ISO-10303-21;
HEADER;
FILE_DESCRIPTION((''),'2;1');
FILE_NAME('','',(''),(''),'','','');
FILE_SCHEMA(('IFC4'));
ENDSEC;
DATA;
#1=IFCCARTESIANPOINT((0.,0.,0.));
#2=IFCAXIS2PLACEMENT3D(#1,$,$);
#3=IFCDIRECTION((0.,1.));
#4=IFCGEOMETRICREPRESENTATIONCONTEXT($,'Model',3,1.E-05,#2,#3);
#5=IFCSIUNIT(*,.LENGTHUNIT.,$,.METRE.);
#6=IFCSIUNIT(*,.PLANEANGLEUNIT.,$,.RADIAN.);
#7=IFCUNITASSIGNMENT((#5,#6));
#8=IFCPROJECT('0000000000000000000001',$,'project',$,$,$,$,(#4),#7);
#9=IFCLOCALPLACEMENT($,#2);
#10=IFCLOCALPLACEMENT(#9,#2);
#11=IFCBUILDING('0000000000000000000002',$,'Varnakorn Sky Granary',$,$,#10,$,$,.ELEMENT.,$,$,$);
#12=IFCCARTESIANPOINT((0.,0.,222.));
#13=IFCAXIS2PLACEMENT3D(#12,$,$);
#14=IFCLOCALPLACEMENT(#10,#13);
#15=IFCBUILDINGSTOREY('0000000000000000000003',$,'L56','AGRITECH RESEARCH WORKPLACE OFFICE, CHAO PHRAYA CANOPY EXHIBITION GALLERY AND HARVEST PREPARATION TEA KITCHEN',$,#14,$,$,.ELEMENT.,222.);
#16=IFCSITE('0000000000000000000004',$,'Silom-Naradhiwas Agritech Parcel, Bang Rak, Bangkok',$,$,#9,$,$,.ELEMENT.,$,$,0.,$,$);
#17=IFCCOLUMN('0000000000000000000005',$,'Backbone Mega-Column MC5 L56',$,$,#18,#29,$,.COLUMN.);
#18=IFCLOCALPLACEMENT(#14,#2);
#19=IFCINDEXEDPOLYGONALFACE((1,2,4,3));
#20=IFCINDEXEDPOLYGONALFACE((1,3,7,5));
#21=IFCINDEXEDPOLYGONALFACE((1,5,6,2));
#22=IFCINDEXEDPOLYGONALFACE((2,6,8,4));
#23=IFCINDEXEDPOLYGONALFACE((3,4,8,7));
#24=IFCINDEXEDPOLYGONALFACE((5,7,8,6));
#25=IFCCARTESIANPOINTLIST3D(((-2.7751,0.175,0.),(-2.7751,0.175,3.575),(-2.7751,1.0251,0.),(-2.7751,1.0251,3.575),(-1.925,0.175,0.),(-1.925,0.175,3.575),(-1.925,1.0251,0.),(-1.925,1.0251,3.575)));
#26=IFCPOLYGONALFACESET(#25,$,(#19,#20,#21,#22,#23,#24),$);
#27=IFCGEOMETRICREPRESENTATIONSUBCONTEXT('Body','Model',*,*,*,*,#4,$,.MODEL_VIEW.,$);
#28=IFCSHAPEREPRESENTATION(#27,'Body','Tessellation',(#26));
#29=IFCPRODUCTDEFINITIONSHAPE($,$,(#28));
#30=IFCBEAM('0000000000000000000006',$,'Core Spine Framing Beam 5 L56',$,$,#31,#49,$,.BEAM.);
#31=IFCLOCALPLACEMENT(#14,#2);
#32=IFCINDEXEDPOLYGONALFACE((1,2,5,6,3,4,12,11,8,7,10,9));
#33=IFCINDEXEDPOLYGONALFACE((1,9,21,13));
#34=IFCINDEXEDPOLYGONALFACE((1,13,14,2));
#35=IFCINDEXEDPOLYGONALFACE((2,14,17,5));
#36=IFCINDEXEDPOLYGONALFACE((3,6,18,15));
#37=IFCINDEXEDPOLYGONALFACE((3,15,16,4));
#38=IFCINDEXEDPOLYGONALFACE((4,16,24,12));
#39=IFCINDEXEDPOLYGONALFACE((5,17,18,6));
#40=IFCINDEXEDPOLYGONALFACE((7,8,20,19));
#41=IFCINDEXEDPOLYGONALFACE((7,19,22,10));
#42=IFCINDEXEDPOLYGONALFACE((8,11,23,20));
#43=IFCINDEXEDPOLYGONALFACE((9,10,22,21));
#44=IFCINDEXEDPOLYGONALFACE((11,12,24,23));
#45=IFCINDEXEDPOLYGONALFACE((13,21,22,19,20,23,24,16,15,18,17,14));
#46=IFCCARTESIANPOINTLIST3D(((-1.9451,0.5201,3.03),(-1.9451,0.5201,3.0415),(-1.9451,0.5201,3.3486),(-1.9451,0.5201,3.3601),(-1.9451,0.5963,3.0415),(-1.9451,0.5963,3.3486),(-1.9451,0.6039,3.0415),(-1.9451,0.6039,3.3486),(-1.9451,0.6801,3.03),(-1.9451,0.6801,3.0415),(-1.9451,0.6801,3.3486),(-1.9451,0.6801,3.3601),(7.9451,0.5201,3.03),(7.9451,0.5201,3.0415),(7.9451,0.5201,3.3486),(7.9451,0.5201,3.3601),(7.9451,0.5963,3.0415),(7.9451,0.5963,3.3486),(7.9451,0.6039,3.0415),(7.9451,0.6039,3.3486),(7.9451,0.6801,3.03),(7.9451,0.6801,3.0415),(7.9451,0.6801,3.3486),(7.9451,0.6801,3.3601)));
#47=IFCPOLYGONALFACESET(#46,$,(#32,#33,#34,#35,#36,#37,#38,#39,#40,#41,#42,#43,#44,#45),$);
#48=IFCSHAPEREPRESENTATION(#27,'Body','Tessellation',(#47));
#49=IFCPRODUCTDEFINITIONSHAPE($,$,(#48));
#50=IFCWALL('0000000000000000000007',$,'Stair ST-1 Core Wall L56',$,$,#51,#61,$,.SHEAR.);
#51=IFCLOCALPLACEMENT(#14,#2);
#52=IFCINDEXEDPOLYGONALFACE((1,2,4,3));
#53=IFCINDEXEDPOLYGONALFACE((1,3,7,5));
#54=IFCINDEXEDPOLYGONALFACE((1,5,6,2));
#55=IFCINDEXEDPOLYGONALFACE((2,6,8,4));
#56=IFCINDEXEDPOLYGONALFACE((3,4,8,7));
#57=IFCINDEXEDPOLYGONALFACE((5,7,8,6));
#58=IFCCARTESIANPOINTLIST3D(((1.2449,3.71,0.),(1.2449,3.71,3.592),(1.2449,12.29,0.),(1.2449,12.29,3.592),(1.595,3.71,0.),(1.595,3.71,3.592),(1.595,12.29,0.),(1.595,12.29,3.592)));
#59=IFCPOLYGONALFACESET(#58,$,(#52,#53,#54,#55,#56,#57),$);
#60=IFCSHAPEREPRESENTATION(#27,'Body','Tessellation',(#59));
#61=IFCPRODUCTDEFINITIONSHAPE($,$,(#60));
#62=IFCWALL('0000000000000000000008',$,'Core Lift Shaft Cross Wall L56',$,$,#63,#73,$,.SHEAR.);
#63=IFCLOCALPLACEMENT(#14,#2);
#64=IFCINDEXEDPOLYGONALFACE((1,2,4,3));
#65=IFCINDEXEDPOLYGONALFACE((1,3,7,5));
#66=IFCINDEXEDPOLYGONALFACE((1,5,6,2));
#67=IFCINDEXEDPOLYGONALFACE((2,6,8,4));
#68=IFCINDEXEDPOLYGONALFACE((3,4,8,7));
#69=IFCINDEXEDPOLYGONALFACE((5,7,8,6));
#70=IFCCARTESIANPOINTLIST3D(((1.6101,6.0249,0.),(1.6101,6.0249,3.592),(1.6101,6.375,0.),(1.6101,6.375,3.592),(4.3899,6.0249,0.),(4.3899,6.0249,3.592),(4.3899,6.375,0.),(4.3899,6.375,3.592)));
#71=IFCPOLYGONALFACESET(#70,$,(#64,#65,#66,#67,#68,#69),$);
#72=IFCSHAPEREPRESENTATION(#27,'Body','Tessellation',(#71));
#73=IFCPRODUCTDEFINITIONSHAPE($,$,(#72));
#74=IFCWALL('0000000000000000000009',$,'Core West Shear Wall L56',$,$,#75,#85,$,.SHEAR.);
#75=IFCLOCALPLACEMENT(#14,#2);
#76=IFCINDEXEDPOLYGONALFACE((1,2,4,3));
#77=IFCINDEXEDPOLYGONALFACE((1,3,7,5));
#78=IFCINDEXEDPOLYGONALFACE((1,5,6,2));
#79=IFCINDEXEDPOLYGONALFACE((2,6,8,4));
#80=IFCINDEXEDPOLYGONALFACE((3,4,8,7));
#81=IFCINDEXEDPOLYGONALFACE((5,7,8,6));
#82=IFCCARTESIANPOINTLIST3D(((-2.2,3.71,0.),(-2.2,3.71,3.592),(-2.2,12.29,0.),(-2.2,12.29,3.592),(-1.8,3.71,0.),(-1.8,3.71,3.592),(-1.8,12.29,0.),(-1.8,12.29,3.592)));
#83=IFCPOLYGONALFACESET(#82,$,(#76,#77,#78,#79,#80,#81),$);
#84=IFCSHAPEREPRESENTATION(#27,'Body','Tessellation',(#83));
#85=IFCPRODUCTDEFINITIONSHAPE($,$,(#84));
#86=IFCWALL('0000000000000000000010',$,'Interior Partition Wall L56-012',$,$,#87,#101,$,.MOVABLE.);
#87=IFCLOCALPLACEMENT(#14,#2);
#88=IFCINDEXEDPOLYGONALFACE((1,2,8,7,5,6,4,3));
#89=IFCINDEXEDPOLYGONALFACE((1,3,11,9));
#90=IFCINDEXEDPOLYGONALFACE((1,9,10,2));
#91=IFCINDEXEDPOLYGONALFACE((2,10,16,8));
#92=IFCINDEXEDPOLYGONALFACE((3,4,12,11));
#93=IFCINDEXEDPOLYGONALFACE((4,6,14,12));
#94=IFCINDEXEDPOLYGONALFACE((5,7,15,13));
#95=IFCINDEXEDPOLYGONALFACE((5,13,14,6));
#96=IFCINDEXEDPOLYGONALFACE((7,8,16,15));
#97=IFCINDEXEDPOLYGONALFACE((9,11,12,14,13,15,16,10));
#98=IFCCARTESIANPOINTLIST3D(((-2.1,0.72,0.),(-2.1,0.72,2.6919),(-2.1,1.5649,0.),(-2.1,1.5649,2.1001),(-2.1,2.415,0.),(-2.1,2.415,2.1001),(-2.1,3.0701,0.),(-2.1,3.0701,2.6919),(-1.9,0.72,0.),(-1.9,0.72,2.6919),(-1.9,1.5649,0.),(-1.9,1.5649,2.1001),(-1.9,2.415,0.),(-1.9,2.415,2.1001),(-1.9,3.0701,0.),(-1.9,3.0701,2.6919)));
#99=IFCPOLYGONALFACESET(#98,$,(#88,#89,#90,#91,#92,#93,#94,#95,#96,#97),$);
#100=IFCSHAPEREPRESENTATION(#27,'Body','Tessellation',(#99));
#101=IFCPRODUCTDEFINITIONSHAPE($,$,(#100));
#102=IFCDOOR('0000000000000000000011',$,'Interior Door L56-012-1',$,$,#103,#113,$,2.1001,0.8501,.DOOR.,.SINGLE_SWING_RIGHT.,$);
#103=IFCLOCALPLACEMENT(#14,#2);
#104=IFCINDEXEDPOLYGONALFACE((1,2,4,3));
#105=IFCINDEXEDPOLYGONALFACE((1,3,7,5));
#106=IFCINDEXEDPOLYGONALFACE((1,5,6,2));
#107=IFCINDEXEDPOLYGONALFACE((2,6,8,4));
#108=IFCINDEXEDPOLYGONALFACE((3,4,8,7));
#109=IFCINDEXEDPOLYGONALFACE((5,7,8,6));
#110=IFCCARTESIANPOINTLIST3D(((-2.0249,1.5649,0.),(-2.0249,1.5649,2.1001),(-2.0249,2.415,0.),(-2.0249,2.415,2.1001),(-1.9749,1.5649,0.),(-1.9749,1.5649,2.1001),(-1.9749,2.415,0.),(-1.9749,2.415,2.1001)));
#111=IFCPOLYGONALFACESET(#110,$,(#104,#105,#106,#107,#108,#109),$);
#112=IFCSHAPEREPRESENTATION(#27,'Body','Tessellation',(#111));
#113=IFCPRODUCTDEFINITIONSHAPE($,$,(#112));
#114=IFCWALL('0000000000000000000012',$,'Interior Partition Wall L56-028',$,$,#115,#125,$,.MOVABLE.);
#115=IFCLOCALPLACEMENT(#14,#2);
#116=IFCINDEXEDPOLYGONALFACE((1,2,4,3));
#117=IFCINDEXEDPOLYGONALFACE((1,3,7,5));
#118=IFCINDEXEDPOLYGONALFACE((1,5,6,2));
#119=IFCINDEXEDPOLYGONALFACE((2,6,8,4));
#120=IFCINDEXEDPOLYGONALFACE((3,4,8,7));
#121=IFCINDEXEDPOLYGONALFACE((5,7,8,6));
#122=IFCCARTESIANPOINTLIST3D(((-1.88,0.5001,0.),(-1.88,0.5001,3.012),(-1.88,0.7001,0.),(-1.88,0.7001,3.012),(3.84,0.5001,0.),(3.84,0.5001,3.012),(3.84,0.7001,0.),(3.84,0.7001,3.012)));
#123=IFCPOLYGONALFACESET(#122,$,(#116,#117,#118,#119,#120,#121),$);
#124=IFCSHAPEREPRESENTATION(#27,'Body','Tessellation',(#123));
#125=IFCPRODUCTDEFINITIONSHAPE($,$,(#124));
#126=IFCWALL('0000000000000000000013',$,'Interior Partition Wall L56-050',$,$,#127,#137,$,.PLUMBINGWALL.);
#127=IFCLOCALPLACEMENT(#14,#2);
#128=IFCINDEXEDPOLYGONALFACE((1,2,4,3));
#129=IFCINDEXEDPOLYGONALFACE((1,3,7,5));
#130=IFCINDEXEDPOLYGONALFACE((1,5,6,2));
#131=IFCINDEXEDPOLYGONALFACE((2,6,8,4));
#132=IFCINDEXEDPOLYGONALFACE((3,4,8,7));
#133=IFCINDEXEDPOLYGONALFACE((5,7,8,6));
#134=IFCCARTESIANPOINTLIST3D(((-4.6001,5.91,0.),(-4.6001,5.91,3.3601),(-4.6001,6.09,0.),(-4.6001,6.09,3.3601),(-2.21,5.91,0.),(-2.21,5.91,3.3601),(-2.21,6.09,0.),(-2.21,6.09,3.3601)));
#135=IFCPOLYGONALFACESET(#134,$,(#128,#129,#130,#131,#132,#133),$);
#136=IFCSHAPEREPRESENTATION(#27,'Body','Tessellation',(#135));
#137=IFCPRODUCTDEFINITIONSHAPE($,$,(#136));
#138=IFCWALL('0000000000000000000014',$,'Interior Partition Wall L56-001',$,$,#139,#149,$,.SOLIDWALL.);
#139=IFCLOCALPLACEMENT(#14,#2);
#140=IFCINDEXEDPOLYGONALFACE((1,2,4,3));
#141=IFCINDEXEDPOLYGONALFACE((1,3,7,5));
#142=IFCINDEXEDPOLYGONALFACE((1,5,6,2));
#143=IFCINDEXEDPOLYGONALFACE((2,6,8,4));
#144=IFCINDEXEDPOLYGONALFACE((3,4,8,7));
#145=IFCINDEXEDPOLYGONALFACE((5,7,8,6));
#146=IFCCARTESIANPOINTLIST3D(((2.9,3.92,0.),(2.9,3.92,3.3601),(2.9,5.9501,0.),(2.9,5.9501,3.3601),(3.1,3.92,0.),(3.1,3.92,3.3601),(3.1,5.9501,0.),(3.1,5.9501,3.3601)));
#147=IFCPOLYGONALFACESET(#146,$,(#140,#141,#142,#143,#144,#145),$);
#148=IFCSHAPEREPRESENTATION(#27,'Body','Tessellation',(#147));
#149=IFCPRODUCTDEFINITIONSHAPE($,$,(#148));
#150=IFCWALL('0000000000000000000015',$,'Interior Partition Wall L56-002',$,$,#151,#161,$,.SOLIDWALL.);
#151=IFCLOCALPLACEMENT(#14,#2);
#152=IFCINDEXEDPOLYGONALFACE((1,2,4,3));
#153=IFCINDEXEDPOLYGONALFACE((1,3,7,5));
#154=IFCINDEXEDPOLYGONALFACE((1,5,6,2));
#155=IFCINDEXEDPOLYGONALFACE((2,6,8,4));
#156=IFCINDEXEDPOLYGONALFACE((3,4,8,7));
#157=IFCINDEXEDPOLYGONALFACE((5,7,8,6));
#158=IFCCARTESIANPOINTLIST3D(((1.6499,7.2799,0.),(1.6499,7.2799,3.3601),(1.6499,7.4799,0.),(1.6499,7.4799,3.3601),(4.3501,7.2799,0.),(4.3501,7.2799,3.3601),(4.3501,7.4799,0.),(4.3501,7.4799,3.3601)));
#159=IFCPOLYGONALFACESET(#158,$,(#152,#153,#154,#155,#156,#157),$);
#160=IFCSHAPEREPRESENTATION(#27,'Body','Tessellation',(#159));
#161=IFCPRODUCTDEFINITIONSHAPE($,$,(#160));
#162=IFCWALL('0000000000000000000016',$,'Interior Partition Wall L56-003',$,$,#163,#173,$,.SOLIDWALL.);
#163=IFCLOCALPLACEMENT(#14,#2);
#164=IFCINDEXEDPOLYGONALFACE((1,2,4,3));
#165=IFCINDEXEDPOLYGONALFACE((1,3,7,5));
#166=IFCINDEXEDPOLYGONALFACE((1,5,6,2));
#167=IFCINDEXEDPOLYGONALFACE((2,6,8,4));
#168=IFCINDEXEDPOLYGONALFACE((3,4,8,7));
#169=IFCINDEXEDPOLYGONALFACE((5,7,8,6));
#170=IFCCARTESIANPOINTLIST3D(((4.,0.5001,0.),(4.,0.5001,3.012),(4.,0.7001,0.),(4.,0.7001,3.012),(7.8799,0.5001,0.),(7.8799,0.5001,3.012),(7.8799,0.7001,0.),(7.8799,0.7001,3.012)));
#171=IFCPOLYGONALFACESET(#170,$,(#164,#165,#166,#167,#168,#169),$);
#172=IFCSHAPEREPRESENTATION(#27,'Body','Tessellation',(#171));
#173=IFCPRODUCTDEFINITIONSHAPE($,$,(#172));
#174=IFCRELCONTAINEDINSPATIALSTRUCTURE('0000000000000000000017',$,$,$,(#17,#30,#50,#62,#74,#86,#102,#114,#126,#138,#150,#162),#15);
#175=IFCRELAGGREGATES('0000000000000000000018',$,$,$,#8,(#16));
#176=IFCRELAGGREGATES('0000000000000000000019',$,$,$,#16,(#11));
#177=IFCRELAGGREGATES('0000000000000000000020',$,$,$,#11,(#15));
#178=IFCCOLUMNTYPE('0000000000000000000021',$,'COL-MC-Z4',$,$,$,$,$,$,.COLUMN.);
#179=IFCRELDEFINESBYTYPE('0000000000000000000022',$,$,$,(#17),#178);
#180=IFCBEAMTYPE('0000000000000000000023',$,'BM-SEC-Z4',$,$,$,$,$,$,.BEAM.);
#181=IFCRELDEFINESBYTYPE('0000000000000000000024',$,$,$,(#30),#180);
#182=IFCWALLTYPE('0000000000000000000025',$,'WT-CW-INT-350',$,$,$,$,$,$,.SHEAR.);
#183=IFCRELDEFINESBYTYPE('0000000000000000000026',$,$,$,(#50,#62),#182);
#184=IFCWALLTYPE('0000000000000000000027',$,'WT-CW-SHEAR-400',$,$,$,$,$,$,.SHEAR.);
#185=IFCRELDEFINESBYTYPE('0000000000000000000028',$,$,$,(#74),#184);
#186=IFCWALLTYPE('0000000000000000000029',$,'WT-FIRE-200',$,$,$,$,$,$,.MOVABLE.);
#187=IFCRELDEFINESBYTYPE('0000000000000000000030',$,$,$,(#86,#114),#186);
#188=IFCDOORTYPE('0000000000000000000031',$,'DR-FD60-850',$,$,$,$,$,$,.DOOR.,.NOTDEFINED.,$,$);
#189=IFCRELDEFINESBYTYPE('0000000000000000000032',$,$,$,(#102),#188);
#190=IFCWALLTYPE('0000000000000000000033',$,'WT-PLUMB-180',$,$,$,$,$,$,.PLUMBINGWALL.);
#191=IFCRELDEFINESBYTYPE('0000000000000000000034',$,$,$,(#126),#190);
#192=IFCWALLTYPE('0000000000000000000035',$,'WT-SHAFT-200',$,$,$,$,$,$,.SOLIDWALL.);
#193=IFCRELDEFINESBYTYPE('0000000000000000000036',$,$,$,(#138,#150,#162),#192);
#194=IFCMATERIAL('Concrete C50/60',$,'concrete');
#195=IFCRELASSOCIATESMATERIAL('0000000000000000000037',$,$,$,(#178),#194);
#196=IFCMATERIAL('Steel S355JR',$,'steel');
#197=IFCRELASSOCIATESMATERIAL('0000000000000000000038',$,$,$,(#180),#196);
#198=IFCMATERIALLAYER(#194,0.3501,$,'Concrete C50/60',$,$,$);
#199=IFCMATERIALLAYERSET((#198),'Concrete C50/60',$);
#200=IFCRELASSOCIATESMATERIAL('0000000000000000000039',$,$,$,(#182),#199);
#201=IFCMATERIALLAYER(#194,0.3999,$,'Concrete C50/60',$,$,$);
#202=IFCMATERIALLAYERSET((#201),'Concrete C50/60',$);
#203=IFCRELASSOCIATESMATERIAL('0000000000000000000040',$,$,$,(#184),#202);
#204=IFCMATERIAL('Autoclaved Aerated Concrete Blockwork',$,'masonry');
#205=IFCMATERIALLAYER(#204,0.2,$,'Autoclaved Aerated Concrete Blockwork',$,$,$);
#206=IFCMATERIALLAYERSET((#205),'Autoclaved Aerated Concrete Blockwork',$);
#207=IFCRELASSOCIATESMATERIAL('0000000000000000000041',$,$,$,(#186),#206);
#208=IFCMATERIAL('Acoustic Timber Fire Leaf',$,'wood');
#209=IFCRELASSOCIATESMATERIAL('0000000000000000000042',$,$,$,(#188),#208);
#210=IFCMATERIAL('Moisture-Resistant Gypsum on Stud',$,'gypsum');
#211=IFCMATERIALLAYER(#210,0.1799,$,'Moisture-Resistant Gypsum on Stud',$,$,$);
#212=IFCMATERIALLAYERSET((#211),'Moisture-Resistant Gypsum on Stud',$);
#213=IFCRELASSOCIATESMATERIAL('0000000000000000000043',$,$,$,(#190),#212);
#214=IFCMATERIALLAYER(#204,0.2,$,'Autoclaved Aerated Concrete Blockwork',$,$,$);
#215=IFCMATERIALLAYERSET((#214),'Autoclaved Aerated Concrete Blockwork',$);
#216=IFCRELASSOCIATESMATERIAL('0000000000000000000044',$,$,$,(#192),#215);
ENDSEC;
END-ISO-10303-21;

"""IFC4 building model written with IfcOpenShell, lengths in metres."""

from ifc_helpers import new_model, si_unit, direction, frame, frame_2d, origin, origin_2d, place, context, subcontext, project, spatial, rectangle, i_section, extrude, material, layer, layer_set, material_profile, profile_set, type_object, element, fill, save


model = new_model("IFC4")

# Units and contexts
model_context = context("Model", 3, precision=1e-05, world=origin(), true_north=direction((0.0, 1.0)))
body_context = subcontext(model_context, "Body", "Model", "MODEL_VIEW")
ifc_project = project(units=[si_unit("LENGTHUNIT", "METRE"), si_unit("PLANEANGLEUNIT", "RADIAN")], contexts=[model_context])

# Site, building, storey
site_placement = place(None, origin())
site = spatial("IfcSite", under=ifc_project, at=site_placement, Name="Silom-Naradhiwas Agritech Parcel, Bang Rak, Bangkok", CompositionType="ELEMENT", RefElevation=0.0)
building_placement = place(site_placement, origin())
building = spatial("IfcBuilding", under=site, at=building_placement, Name="Varnakorn Sky Granary", CompositionType="ELEMENT")
storey_placement = place(building_placement, frame((0.0, 0.0, 222.0)))
storey = spatial("IfcBuildingStorey", under=building, at=storey_placement, Name="L56", Description="AGRITECH RESEARCH WORKPLACE OFFICE, CHAO PHRAYA CANOPY EXHIBITION GALLERY AND HARVEST PREPARATION TEA KITCHEN", CompositionType="ELEMENT", Elevation=222.0)

# Column
ifc_material_1 = material(Name="Concrete C50/60", Category="concrete")
ifc_material_profile_1 = material_profile(ifc_material_1, rectangle(XDim=0.8501, YDim=0.8501, at=origin_2d()), Name="RC 850x850")
ifc_profile_set_1 = profile_set([ifc_material_profile_1], Name="Concrete C50/60")
column_type = type_object("IfcColumnType", Name="COL-MC-Z4", PredefinedType="COLUMN", material=ifc_profile_set_1)
column_placement = place(storey_placement, frame((-2.3501, 0.6001, 0.0), z_axis=(0.0, 0.0, 1.0), x_axis=(1.0, 0.0, 0.0)))
element("IfcColumn", 1, at=column_placement, inside=storey, type_object=column_type, Name="Backbone Mega-Column MC5 L56", PredefinedType="COLUMN", context=body_context, shape_type="SweptSolid", body=[
    extrude(rectangle(XDim=0.8501, YDim=0.8501, at=origin_2d()), origin(), (0.0, 0.0, 1.0), 3.575),
])

# Beam
ifc_material_2 = material(Name="Steel S355JR", Category="steel")
ifc_material_profile_2 = material_profile(ifc_material_2, i_section(OverallWidth=0.1599, OverallDepth=0.3301, WebThickness=0.0076, FlangeThickness=0.0115, at=origin_2d()), Name="IPE 330")
ifc_profile_set_2 = profile_set([ifc_material_profile_2], Name="Steel S355JR")
beam_type = type_object("IfcBeamType", Name="BM-SEC-Z4", PredefinedType="BEAM", material=ifc_profile_set_2)
beam_placement = place(storey_placement, frame((-1.9451, 0.6001, 3.1951), z_axis=(1.0, 0.0, 0.0), x_axis=(0.0, 1.0, 0.0)))
element("IfcBeam", 2, at=beam_placement, inside=storey, type_object=beam_type, Name="Core Spine Framing Beam 5 L56", PredefinedType="BEAM", context=body_context, shape_type="SweptSolid", body=[
    extrude(i_section(OverallWidth=0.1599, OverallDepth=0.3301, WebThickness=0.0076, FlangeThickness=0.0115, at=origin_2d()), origin(), (0.0, 0.0, 1.0), 9.8901),
])

# Walls
ifc_layer_1 = layer(ifc_material_1, 0.3501, Name="Concrete C50/60")
ifc_layer_set_1 = layer_set([ifc_layer_1], Name="Concrete C50/60")
wall_type_1 = type_object("IfcWallType", Name="WT-CW-INT-350", PredefinedType="SHEAR", material=ifc_layer_set_1)
wall_1_placement = place(storey_placement, frame((1.4199, 3.71, 0.0), z_axis=(0.0, 0.0, 1.0), x_axis=(0.0, 1.0, 0.0)))
element("IfcWall", 3, at=wall_1_placement, inside=storey, type_object=wall_type_1, Name="Stair ST-1 Core Wall L56", PredefinedType="SHEAR", context=body_context, shape_type="SweptSolid", body=[
    extrude(rectangle(XDim=8.5801, YDim=0.3501, at=frame_2d((4.29, 0.0))), origin(), (0.0, 0.0, 1.0), 3.592),
])
wall_2_placement = place(storey_placement, frame((1.6101, 6.2, 0.0), z_axis=(0.0, 0.0, 1.0), x_axis=(1.0, 0.0, 0.0)))
element("IfcWall", 4, at=wall_2_placement, inside=storey, type_object=wall_type_1, Name="Core Lift Shaft Cross Wall L56", PredefinedType="SHEAR", context=body_context, shape_type="SweptSolid", body=[
    extrude(rectangle(XDim=2.7798, YDim=0.3501, at=frame_2d((1.3899, 0.0))), origin(), (0.0, 0.0, 1.0), 3.592),
])

# Shared definitions
ifc_layer_2 = layer(ifc_material_1, 0.3999, Name="Concrete C50/60")
ifc_layer_set_2 = layer_set([ifc_layer_2], Name="Concrete C50/60")
wall_type_2 = type_object("IfcWallType", Name="WT-CW-SHEAR-400", PredefinedType="SHEAR", material=ifc_layer_set_2)

# Wall
wall_3_placement = place(storey_placement, frame((-2.0, 3.71, 0.0), z_axis=(0.0, 0.0, 1.0), x_axis=(0.0, 1.0, 0.0)))
element("IfcWall", 5, at=wall_3_placement, inside=storey, type_object=wall_type_2, Name="Core West Shear Wall L56", PredefinedType="SHEAR", context=body_context, shape_type="SweptSolid", body=[
    extrude(rectangle(XDim=8.5801, YDim=0.3999, at=frame_2d((4.29, 0.0))), origin(), (0.0, 0.0, 1.0), 3.592),
])

# Wall, opening, door
ifc_material_3 = material(Name="Autoclaved Aerated Concrete Blockwork", Category="masonry")
ifc_layer_3 = layer(ifc_material_3, 0.2, Name="Autoclaved Aerated Concrete Blockwork")
ifc_layer_set_3 = layer_set([ifc_layer_3], Name="Autoclaved Aerated Concrete Blockwork")
wall_type_3 = type_object("IfcWallType", Name="WT-FIRE-200", PredefinedType="MOVABLE", material=ifc_layer_set_3)
wall_4_placement = place(storey_placement, frame((-2.0, 0.72, 0.0), z_axis=(0.0, 0.0, 1.0), x_axis=(0.0, 1.0, 0.0)))
wall_4 = element("IfcWall", 6, at=wall_4_placement, inside=storey, type_object=wall_type_3, Name="Interior Partition Wall L56-012", PredefinedType="MOVABLE", context=body_context, shape_type="SweptSolid", body=[
    extrude(rectangle(XDim=2.3501, YDim=0.2, at=frame_2d((1.175, 0.0))), origin(), (0.0, 0.0, 1.0), 2.6919),
])
opening_1_placement = place(wall_4_placement, frame((0.845, 0.0, 0.0)))
opening_1 = element("IfcOpeningElement", 7, at=opening_1_placement, cuts=wall_4, PredefinedType="OPENING", context=body_context, shape_type="SweptSolid", body=[
    extrude(rectangle(XDim=0.8501, YDim=2.1001, at=frame_2d((0.425, 1.05))), frame((0.0, 0.1099, 0.0), z_axis=(0.0, -1.0, 0.0), x_axis=(1.0, 0.0, 0.0)), (0.0, 0.0, 1.0), 0.22),
])
ifc_material_4 = material(Name="Acoustic Timber Fire Leaf", Category="wood")
door_type_1 = type_object("IfcDoorType", Name="DR-FD60-850", OperationType="NOTDEFINED", PredefinedType="DOOR", material=ifc_material_4)
door_1_placement = place(opening_1_placement, origin())
door_1 = element("IfcDoor", 8, at=door_1_placement, inside=storey, type_object=door_type_1, Name="Interior Door L56-012-1", OperationType="SINGLE_SWING_RIGHT", OverallHeight=2.1001, OverallWidth=0.8501, PredefinedType="DOOR", context=body_context, shape_type="SweptSolid", body=[
    extrude(rectangle(XDim=0.8501, YDim=2.1001, at=frame_2d((0.425, 1.05))), frame((0.0, 0.0249, 0.0), z_axis=(0.0, -1.0, 0.0), x_axis=(1.0, 0.0, 0.0)), (0.0, 0.0, 1.0), 0.05),
])
fill(opening_1, door_1)

# Walls
wall_5_placement = place(storey_placement, frame((-1.8799, 0.6001, 0.0), z_axis=(0.0, 0.0, 1.0), x_axis=(1.0, 0.0, 0.0)))
element("IfcWall", 9, at=wall_5_placement, inside=storey, type_object=wall_type_3, Name="Interior Partition Wall L56-028", PredefinedType="MOVABLE", context=body_context, shape_type="SweptSolid", body=[
    extrude(rectangle(XDim=5.72, YDim=0.2, at=frame_2d((2.8599, 0.0))), origin(), (0.0, 0.0, 1.0), 3.012),
])
ifc_material_5 = material(Name="Moisture-Resistant Gypsum on Stud", Category="gypsum")
ifc_layer_4 = layer(ifc_material_5, 0.1799, Name="Moisture-Resistant Gypsum on Stud")
ifc_layer_set_4 = layer_set([ifc_layer_4], Name="Moisture-Resistant Gypsum on Stud")
wall_type_4 = type_object("IfcWallType", Name="WT-PLUMB-180", PredefinedType="PLUMBINGWALL", material=ifc_layer_set_4)
wall_6_placement = place(storey_placement, frame((-2.21, 6.0, 0.0), z_axis=(0.0, 0.0, 1.0), x_axis=(-1.0, 0.0, 0.0)))
element("IfcWall", 10, at=wall_6_placement, inside=storey, type_object=wall_type_4, Name="Interior Partition Wall L56-050", PredefinedType="PLUMBINGWALL", context=body_context, shape_type="SweptSolid", body=[
    extrude(rectangle(XDim=2.3901, YDim=0.1799, at=frame_2d((1.1951, 0.0))), origin(), (0.0, 0.0, 1.0), 3.3601),
])
ifc_layer_5 = layer(ifc_material_3, 0.2, Name="Autoclaved Aerated Concrete Blockwork")
ifc_layer_set_5 = layer_set([ifc_layer_5], Name="Autoclaved Aerated Concrete Blockwork")
wall_type_5 = type_object("IfcWallType", Name="WT-SHAFT-200", PredefinedType="SOLIDWALL", material=ifc_layer_set_5)
wall_7_placement = place(storey_placement, frame((3.0, 3.9199, 0.0), z_axis=(0.0, 0.0, 1.0), x_axis=(0.0, 1.0, 0.0)))
element("IfcWall", 11, at=wall_7_placement, inside=storey, type_object=wall_type_5, Name="Interior Partition Wall L56-001", PredefinedType="SOLIDWALL", context=body_context, shape_type="SweptSolid", body=[
    extrude(rectangle(XDim=2.03, YDim=0.2, at=frame_2d((1.0151, 0.0))), origin(), (0.0, 0.0, 1.0), 3.3601),
])
wall_8_placement = place(storey_placement, frame((1.6499, 7.3799, 0.0), z_axis=(0.0, 0.0, 1.0), x_axis=(1.0, 0.0, 0.0)))
element("IfcWall", 12, at=wall_8_placement, inside=storey, type_object=wall_type_5, Name="Interior Partition Wall L56-002", PredefinedType="SOLIDWALL", context=body_context, shape_type="SweptSolid", body=[
    extrude(rectangle(XDim=2.7002, YDim=0.2, at=frame_2d((1.3501, 0.0))), origin(), (0.0, 0.0, 1.0), 3.3601),
])
wall_9_placement = place(storey_placement, frame((4.0, 0.6001, 0.0), z_axis=(0.0, 0.0, 1.0), x_axis=(1.0, 0.0, 0.0)))
element("IfcWall", 13, at=wall_9_placement, inside=storey, type_object=wall_type_5, Name="Interior Partition Wall L56-003", PredefinedType="SOLIDWALL", context=body_context, shape_type="SweptSolid", body=[
    extrude(rectangle(XDim=3.8799, YDim=0.2, at=frame_2d((1.9399, 0.0))), origin(), (0.0, 0.0, 1.0), 3.012),
])

save(model, "model.ifc")
